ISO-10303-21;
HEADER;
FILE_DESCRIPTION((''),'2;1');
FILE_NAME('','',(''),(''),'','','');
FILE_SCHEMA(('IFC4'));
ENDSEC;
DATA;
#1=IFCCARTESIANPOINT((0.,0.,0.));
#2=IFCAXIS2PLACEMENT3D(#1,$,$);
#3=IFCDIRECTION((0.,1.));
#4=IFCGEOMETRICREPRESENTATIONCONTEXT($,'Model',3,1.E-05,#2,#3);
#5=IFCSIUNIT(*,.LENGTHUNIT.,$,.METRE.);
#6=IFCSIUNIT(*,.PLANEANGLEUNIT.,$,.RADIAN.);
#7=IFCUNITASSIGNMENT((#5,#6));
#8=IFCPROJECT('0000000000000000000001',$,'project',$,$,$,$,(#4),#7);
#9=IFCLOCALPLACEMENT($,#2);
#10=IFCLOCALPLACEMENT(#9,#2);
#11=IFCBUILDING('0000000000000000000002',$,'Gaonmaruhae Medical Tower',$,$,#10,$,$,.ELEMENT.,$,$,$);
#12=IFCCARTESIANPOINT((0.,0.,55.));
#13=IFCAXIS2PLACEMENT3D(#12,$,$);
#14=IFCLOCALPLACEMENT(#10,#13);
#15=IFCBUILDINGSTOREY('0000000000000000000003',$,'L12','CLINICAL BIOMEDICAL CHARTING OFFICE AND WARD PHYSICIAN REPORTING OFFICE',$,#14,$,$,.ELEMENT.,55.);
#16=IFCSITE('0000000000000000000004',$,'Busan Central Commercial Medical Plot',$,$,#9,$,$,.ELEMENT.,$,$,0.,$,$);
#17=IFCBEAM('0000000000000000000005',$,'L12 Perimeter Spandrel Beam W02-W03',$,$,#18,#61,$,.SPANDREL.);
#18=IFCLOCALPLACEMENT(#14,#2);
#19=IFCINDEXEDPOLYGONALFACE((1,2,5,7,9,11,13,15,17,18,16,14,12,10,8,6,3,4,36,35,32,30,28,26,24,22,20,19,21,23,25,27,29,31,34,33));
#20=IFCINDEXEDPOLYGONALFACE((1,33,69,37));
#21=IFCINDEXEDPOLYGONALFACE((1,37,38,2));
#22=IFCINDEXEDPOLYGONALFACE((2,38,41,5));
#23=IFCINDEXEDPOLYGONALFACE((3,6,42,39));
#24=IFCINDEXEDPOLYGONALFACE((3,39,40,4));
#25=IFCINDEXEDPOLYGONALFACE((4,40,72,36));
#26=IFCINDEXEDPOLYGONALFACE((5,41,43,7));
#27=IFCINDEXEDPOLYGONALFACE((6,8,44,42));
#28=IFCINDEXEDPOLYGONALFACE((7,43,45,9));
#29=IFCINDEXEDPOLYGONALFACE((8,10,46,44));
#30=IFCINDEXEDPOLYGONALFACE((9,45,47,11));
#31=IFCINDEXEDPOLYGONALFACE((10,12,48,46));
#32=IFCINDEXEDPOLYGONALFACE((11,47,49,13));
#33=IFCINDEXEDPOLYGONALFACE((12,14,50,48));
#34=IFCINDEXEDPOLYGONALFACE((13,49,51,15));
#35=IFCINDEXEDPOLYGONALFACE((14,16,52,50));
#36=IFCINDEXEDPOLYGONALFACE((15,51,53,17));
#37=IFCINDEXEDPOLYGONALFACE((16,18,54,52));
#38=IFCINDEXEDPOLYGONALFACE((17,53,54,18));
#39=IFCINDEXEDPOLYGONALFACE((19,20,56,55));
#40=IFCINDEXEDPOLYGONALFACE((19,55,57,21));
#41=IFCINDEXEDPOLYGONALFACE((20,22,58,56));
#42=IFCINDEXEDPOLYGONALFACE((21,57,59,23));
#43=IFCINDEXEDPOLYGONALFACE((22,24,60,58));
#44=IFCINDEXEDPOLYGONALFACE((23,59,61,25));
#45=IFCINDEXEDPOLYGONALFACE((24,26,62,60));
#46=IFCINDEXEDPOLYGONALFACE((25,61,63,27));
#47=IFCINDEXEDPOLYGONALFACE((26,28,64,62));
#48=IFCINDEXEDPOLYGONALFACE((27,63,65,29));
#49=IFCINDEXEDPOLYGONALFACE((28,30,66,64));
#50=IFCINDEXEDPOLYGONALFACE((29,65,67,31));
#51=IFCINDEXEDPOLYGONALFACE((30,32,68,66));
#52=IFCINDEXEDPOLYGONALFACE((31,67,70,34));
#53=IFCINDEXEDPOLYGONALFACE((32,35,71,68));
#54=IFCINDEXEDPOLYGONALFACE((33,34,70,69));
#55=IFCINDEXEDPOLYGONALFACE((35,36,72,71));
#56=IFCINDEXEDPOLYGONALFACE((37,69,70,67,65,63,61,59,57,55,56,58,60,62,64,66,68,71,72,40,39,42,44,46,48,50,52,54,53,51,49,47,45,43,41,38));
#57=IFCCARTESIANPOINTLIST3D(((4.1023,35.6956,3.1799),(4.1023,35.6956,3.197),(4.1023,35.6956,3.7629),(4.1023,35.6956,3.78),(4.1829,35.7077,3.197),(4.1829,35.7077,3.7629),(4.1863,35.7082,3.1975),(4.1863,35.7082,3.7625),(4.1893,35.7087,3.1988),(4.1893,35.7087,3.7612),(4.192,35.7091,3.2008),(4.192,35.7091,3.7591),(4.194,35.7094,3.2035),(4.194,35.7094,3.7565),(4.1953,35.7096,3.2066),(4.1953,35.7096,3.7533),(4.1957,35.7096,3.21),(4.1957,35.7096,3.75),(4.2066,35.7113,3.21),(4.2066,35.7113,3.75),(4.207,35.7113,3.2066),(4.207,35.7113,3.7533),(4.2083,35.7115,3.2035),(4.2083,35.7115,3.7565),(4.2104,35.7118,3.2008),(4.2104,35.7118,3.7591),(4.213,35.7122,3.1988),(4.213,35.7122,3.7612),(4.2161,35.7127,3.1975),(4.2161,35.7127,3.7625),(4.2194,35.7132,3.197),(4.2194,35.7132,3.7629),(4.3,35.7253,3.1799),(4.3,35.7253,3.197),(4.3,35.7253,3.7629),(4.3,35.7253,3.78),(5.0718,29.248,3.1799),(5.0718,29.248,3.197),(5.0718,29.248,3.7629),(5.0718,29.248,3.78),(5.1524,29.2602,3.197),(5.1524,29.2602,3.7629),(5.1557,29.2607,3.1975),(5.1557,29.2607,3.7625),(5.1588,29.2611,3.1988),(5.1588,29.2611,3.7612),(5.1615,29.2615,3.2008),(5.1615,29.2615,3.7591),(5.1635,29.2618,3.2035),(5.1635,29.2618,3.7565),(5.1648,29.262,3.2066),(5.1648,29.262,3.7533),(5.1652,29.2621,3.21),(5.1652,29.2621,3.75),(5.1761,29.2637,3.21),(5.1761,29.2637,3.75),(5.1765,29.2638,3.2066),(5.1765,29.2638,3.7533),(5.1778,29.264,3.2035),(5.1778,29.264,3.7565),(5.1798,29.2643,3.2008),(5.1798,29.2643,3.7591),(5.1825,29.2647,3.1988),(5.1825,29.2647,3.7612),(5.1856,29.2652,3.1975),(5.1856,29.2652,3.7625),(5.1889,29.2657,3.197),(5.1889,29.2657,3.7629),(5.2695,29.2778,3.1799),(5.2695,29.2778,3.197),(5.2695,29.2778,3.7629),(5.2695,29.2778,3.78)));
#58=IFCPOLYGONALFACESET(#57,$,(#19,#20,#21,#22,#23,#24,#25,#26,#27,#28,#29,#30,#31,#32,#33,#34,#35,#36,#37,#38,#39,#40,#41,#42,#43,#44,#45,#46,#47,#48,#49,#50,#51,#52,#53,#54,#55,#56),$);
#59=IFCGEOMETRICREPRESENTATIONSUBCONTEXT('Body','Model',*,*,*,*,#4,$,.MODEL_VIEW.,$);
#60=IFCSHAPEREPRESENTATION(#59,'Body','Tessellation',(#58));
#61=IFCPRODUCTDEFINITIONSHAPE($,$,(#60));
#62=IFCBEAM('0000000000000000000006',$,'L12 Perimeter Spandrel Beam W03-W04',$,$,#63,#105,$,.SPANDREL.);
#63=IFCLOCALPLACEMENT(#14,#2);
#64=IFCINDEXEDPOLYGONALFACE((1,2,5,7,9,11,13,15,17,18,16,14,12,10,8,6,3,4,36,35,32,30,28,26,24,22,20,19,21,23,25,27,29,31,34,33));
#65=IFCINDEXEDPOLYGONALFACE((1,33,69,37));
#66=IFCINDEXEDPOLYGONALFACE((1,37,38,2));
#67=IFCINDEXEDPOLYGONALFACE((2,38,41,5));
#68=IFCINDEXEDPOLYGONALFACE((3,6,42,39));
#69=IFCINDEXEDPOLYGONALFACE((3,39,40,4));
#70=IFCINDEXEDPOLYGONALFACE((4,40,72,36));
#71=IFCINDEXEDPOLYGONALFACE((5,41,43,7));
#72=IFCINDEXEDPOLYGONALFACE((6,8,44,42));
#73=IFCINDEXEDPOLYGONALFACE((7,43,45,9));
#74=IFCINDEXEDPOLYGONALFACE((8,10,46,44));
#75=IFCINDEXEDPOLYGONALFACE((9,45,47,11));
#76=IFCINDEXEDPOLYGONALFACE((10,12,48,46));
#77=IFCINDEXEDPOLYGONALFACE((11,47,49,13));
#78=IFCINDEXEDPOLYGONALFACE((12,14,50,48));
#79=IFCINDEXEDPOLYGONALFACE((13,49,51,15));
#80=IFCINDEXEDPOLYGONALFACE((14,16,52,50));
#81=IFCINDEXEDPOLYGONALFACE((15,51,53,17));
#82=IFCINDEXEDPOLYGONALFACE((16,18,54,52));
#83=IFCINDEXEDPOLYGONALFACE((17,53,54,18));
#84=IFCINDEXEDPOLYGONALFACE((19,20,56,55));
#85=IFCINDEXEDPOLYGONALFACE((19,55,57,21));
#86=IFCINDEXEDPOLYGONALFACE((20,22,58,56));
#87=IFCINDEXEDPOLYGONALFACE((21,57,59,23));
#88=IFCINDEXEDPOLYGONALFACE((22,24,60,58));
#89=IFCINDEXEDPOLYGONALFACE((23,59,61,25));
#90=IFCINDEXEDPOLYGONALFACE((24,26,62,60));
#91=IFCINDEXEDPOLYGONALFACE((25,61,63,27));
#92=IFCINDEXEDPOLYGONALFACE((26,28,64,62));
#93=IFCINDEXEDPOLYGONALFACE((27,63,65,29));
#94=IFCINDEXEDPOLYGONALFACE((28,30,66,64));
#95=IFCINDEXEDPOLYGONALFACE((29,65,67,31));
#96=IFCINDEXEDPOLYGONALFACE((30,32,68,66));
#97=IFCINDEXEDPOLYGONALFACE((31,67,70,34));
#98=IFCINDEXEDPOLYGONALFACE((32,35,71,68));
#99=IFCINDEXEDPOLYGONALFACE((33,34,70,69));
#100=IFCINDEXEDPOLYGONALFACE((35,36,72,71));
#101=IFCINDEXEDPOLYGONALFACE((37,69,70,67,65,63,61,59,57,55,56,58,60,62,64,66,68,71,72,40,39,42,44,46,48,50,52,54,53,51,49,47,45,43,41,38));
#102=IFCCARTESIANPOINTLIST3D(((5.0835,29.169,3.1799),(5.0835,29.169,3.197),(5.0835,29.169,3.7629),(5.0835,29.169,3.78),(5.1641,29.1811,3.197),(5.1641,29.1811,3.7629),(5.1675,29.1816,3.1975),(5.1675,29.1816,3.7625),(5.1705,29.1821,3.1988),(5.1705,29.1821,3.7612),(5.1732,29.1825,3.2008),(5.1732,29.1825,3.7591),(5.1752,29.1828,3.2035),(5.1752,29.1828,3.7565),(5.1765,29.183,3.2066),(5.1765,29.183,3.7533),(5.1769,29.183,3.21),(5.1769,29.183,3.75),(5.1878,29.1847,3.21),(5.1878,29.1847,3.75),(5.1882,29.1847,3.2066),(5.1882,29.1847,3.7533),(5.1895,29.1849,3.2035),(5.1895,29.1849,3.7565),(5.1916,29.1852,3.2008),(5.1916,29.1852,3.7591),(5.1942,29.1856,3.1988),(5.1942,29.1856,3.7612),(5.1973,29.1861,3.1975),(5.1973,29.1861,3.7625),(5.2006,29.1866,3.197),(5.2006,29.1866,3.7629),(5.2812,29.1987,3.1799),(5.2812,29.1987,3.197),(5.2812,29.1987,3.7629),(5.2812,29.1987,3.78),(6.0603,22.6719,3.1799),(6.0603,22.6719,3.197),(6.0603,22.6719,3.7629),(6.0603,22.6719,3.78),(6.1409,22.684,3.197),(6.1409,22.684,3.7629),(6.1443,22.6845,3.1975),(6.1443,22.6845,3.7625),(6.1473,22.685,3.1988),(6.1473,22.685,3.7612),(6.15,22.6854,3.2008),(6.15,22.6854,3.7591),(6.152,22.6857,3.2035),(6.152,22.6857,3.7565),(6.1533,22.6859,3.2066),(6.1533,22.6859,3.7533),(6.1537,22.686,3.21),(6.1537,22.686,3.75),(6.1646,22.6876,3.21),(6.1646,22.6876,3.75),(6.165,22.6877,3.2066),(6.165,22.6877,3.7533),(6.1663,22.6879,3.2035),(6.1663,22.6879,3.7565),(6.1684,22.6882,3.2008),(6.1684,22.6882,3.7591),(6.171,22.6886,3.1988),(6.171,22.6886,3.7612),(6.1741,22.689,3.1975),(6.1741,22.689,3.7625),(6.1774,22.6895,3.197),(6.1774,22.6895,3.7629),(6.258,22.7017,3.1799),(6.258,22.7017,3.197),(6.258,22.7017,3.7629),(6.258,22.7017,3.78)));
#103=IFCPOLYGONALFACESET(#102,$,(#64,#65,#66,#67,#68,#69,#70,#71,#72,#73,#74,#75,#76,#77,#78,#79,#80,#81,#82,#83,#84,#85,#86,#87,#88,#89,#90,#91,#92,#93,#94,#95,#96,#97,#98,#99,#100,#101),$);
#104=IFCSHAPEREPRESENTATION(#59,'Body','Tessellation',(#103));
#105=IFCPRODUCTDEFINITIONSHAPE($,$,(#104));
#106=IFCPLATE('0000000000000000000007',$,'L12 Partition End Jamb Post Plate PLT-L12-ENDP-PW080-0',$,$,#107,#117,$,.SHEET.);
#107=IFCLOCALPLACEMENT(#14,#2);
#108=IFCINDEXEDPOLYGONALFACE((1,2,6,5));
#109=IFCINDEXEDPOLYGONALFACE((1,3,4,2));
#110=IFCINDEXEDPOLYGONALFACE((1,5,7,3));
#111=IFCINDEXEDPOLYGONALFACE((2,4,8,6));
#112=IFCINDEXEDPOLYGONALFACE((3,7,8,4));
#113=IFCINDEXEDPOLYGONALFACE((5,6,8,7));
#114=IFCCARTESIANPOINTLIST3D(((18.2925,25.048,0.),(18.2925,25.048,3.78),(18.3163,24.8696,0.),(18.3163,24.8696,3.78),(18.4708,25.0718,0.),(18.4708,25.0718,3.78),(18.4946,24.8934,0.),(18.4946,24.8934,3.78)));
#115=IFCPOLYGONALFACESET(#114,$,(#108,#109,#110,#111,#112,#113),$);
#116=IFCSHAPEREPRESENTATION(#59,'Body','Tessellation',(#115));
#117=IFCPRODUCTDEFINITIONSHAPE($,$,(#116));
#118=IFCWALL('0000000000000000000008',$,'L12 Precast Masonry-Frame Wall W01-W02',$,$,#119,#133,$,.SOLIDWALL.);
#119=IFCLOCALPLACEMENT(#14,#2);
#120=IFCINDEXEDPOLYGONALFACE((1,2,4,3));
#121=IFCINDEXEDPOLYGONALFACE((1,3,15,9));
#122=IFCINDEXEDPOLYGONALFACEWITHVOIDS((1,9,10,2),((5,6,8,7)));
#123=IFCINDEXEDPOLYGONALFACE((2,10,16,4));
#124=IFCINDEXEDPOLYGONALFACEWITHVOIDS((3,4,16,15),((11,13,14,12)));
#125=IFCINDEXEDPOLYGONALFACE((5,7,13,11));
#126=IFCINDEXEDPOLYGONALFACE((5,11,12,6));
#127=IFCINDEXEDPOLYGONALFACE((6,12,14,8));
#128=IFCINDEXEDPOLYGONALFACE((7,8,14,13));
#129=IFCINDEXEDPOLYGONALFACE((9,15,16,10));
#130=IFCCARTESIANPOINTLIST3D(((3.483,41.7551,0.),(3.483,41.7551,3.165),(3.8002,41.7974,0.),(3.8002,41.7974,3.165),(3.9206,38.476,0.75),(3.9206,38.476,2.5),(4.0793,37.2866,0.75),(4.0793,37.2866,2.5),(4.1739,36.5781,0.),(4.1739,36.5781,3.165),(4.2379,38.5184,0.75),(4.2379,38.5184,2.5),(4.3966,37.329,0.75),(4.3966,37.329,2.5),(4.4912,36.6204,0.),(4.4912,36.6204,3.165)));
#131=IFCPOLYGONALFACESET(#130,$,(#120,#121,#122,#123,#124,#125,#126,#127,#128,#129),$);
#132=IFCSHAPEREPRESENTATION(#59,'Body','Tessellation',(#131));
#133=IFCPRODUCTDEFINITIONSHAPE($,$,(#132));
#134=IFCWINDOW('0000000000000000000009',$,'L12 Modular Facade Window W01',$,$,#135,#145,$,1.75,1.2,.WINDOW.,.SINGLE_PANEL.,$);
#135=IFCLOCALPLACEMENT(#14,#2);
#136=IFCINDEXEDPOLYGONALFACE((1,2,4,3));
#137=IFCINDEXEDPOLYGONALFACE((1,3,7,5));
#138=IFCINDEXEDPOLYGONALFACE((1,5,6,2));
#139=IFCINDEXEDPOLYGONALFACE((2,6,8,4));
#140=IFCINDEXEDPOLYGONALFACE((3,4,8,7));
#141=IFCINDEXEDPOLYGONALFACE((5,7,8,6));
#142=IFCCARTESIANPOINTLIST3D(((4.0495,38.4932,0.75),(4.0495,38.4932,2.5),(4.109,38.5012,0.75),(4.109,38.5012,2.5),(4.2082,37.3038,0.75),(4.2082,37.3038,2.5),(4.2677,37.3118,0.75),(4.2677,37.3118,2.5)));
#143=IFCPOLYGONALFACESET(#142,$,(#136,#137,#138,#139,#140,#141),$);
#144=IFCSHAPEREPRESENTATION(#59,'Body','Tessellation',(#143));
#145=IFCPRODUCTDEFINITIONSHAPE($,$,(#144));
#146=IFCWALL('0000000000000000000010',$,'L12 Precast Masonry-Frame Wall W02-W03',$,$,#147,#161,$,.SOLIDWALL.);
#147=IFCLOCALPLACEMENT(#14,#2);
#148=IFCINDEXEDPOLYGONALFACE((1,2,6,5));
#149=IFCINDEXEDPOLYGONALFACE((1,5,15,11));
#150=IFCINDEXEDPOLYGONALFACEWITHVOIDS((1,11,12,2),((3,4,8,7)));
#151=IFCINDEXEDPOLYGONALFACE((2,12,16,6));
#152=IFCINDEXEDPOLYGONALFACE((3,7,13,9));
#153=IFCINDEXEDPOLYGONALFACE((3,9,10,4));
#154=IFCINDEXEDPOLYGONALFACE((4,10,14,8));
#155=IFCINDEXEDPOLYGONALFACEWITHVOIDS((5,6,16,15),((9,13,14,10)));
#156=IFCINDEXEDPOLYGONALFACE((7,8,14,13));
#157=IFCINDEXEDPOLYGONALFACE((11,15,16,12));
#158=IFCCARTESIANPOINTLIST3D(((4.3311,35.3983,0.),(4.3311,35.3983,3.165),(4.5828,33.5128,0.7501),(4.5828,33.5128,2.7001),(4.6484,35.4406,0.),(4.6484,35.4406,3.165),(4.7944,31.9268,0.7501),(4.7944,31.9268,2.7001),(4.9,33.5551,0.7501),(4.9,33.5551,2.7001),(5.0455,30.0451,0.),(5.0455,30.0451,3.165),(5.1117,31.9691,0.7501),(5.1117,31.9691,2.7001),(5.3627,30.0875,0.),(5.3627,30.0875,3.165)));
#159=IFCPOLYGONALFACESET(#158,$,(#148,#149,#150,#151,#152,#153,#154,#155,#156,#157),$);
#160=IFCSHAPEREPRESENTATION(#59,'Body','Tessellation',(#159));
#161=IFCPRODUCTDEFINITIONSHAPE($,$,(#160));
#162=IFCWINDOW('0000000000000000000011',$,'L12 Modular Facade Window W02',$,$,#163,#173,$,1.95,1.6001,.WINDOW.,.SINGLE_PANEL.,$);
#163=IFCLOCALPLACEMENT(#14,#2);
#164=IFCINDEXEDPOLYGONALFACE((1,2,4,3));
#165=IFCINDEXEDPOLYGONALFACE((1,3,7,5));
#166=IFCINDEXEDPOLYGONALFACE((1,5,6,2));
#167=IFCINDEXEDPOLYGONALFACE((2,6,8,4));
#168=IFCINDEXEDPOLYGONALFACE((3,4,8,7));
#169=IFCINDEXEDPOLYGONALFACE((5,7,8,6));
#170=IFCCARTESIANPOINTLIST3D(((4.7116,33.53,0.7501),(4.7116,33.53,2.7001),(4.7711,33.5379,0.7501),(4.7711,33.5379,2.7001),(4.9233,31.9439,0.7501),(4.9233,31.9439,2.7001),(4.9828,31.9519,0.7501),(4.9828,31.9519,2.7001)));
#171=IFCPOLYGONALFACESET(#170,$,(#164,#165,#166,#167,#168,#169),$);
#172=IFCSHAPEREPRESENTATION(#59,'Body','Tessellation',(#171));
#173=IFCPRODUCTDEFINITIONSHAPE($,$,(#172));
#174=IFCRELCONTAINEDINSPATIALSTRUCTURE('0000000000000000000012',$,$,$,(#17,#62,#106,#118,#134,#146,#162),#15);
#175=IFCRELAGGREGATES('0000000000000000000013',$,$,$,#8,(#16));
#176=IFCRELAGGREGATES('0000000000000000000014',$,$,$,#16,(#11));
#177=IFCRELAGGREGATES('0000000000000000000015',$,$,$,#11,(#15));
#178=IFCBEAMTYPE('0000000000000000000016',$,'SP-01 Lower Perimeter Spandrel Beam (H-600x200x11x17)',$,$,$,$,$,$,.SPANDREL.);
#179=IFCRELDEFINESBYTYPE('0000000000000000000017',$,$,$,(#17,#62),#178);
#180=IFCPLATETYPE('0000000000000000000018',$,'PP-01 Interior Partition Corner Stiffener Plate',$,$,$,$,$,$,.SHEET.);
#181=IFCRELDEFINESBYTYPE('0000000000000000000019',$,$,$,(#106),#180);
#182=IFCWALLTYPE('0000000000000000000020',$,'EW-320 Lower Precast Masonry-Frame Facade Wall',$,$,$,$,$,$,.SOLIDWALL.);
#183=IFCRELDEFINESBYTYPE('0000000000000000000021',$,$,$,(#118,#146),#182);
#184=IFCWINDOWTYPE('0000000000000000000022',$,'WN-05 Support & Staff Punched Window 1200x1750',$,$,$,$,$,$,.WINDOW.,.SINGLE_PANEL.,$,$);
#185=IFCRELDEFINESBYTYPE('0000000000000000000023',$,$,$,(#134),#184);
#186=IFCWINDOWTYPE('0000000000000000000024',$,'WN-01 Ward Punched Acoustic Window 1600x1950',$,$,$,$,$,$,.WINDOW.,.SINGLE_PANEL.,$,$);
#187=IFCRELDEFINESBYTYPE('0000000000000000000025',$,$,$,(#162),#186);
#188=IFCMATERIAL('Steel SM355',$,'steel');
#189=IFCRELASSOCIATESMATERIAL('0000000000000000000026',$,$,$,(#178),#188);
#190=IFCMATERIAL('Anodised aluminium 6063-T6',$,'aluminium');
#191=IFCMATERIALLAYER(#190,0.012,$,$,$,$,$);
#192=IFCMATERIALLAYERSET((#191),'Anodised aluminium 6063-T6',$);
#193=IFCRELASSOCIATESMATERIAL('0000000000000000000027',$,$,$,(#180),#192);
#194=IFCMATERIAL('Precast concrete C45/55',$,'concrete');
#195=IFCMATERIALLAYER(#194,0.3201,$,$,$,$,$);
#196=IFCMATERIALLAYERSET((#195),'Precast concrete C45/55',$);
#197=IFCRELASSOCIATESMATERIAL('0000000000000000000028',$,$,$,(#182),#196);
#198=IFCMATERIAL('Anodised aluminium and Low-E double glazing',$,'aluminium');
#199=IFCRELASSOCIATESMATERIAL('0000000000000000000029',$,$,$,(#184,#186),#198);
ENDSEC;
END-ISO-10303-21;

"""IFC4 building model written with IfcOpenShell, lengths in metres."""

from ifc_helpers import new_model, si_unit, direction, frame, frame_2d, origin, origin_2d, place, context, subcontext, project, spatial, rectangle, i_section, extrude, material, layer, layer_set, material_profile, profile_set, type_object, element, fill, save


model = new_model("IFC4")

# Units and contexts
model_context = context("Model", 3, precision=1e-05, world=origin(), true_north=direction((0.0, 1.0)))
body_context = subcontext(model_context, "Body", "Model", "MODEL_VIEW")
ifc_project = project(units=[si_unit("LENGTHUNIT", "METRE"), si_unit("PLANEANGLEUNIT", "RADIAN")], contexts=[model_context])

# Site, building, storey
site_placement = place(None, origin())
site = spatial("IfcSite", under=ifc_project, at=site_placement, Name="Busan Central Commercial Medical Plot", CompositionType="ELEMENT", RefElevation=0.0)
building_placement = place(site_placement, origin())
building = spatial("IfcBuilding", under=site, at=building_placement, Name="Gaonmaruhae Medical Tower", CompositionType="ELEMENT")
storey_placement = place(building_placement, frame((0.0, 0.0, 55.0)))
storey = spatial("IfcBuildingStorey", under=building, at=storey_placement, Name="L12", Description="CLINICAL BIOMEDICAL CHARTING OFFICE AND WARD PHYSICIAN REPORTING OFFICE", CompositionType="ELEMENT", Elevation=55.0)

# Beams
ifc_material_1 = material(Name="Steel SM355", Category="steel")
ifc_material_profile_1 = material_profile(ifc_material_1, i_section(OverallWidth=0.2, OverallDepth=0.6001, WebThickness=0.011, FlangeThickness=0.0171, FilletRadius=0.0129, at=origin_2d()), Name="H-600x200x11x17")
ifc_profile_set_1 = profile_set([ifc_material_profile_1], Name="Steel SM355")
beam_type_1 = type_object("IfcBeamType", Name="SP-01 Lower Perimeter Spandrel Beam (H-600x200x11x17)", PredefinedType="SPANDREL", material=ifc_profile_set_1)
beam_1_placement = place(storey_placement, frame((4.2012, 35.7104, 3.48), z_axis=(0.148694, -0.988883, 0.0), x_axis=(0.988883, 0.148694, 0.0)))
element("IfcBeam", 1, at=beam_1_placement, inside=storey, type_object=beam_type_1, Name="L12 Perimeter Spandrel Beam W02-W03", PredefinedType="SPANDREL", context=body_context, shape_type="SweptSolid", body=[
    extrude(i_section(OverallWidth=0.2, OverallDepth=0.6001, WebThickness=0.011, FlangeThickness=0.0171, FilletRadius=0.0129, at=origin_2d()), origin(), (0.0, 0.0, 1.0), 6.52),
])
beam_2_placement = place(storey_placement, frame((5.1824, 29.1838, 3.48), z_axis=(0.148675, -0.988886, 0.0), x_axis=(0.988886, 0.148675, 0.0)))
element("IfcBeam", 2, at=beam_2_placement, inside=storey, type_object=beam_type_1, Name="L12 Perimeter Spandrel Beam W03-W04", PredefinedType="SPANDREL", context=body_context, shape_type="SweptSolid", body=[
    extrude(i_section(OverallWidth=0.2, OverallDepth=0.6001, WebThickness=0.011, FlangeThickness=0.0171, FilletRadius=0.0129, at=origin_2d()), origin(), (0.0, 0.0, 1.0), 6.5701),
])

# Plate
ifc_material_2 = material(Name="Anodised aluminium 6063-T6", Category="aluminium")
ifc_layer_1 = layer(ifc_material_2, 0.012)
ifc_layer_set_1 = layer_set([ifc_layer_1], Name="Anodised aluminium 6063-T6")
plate_type = type_object("IfcPlateType", Name="PP-01 Interior Partition Corner Stiffener Plate", PredefinedType="SHEET", material=ifc_layer_set_1)
plate_placement = place(storey_placement, frame((18.3936, 24.9707, 0.0), z_axis=(0.0, 0.0, 1.0), x_axis=(-0.132274, 0.991213, 0.0)))
element("IfcPlate", 3, at=plate_placement, inside=storey, type_object=plate_type, Name="L12 Partition End Jamb Post Plate PLT-L12-ENDP-PW080-0", PredefinedType="SHEET", context=body_context, shape_type="SweptSolid", body=[
    extrude(rectangle(XDim=0.1799, YDim=0.1799, at=origin_2d()), origin(), (0.0, 0.0, 1.0), 3.78),
])

# Walls, openings, windows
ifc_material_3 = material(Name="Precast concrete C45/55", Category="concrete")
ifc_layer_2 = layer(ifc_material_3, 0.3201)
ifc_layer_set_2 = layer_set([ifc_layer_2], Name="Precast concrete C45/55")
wall_type_1 = type_object("IfcWallType", Name="EW-320 Lower Precast Masonry-Frame Facade Wall", PredefinedType="SOLIDWALL", material=ifc_layer_set_2)
wall_1_placement = place(storey_placement, frame((4.3325, 36.5994, 0.0), z_axis=(0.0, 0.0, 1.0), x_axis=(-0.132286, 0.991212, 0.0)))
wall_1 = element("IfcWall", 4, at=wall_1_placement, inside=storey, type_object=wall_type_1, Name="L12 Precast Masonry-Frame Wall W01-W02", PredefinedType="SOLIDWALL", context=body_context, shape_type="SweptSolid", body=[
    extrude(rectangle(XDim=5.2229, YDim=0.3201, at=frame_2d((2.6113, 0.0))), origin(), (0.0, 0.0, 1.0), 3.165),
])
opening_1_placement = place(wall_1_placement, frame((0.7146, 0.0, 0.75)))
opening_1 = element("IfcOpeningElement", 5, at=opening_1_placement, cuts=wall_1, PredefinedType="OPENING", context=body_context, shape_type="SweptSolid", body=[
    extrude(rectangle(XDim=1.2, YDim=1.75, at=frame_2d((0.6001, 0.875))), frame((0.0, 0.1699, 0.0), z_axis=(0.0, -1.0, 0.0), x_axis=(1.0, 0.0, 0.0)), (0.0, 0.0, 1.0), 0.3401),
])
ifc_material_4 = material(Name="Anodised aluminium and Low-E double glazing", Category="aluminium")
window_type_1 = type_object("IfcWindowType", Name="WN-05 Support & Staff Punched Window 1200x1750", PartitioningType="SINGLE_PANEL", PredefinedType="WINDOW", material=ifc_material_4)
window_1_placement = place(opening_1_placement, origin())
window_1 = element("IfcWindow", 6, at=window_1_placement, inside=storey, type_object=window_type_1, Name="L12 Modular Facade Window W01", OverallHeight=1.75, OverallWidth=1.2, PartitioningType="SINGLE_PANEL", PredefinedType="WINDOW", context=body_context, shape_type="SweptSolid", body=[
    extrude(rectangle(XDim=1.2, YDim=1.75, at=frame_2d((0.6001, 0.875))), frame((0.0, 0.03, 0.0), z_axis=(0.0, -1.0, 0.0), x_axis=(1.0, 0.0, 0.0)), (0.0, 0.0, 1.0), 0.0601),
])
fill(opening_1, window_1)
wall_2_placement = place(storey_placement, frame((5.2041, 30.0664, 0.0), z_axis=(0.0, 0.0, 1.0), x_axis=(-0.13227, 0.991214, 0.0)))
wall_2 = element("IfcWall", 7, at=wall_2_placement, inside=storey, type_object=wall_type_1, Name="L12 Precast Masonry-Frame Wall W02-W03", PredefinedType="SOLIDWALL", context=body_context, shape_type="SweptSolid", body=[
    extrude(rectangle(XDim=5.4006, YDim=0.3201, at=frame_2d((2.7002, 0.0))), origin(), (0.0, 0.0, 1.0), 3.165),
])
opening_2_placement = place(wall_2_placement, frame((1.8982, 0.0, 0.75)))
opening_2 = element("IfcOpeningElement", 8, at=opening_2_placement, cuts=wall_2, PredefinedType="OPENING", context=body_context, shape_type="SweptSolid", body=[
    extrude(rectangle(XDim=1.6001, YDim=1.95, at=frame_2d((0.8, 0.9751))), frame((0.0, 0.1699, 0.0), z_axis=(0.0, -1.0, 0.0), x_axis=(1.0, 0.0, 0.0)), (0.0, 0.0, 1.0), 0.3401),
])
window_type_2 = type_object("IfcWindowType", Name="WN-01 Ward Punched Acoustic Window 1600x1950", PartitioningType="SINGLE_PANEL", PredefinedType="WINDOW", material=ifc_material_4)
window_2_placement = place(opening_2_placement, origin())
window_2 = element("IfcWindow", 9, at=window_2_placement, inside=storey, type_object=window_type_2, Name="L12 Modular Facade Window W02", OverallHeight=1.95, OverallWidth=1.6001, PartitioningType="SINGLE_PANEL", PredefinedType="WINDOW", context=body_context, shape_type="SweptSolid", body=[
    extrude(rectangle(XDim=1.6001, YDim=1.95, at=frame_2d((0.8, 0.9751))), frame((0.0, 0.03, 0.0), z_axis=(0.0, -1.0, 0.0), x_axis=(1.0, 0.0, 0.0)), (0.0, 0.0, 1.0), 0.0601),
])
fill(opening_2, window_2)

save(model, "model.ifc")
